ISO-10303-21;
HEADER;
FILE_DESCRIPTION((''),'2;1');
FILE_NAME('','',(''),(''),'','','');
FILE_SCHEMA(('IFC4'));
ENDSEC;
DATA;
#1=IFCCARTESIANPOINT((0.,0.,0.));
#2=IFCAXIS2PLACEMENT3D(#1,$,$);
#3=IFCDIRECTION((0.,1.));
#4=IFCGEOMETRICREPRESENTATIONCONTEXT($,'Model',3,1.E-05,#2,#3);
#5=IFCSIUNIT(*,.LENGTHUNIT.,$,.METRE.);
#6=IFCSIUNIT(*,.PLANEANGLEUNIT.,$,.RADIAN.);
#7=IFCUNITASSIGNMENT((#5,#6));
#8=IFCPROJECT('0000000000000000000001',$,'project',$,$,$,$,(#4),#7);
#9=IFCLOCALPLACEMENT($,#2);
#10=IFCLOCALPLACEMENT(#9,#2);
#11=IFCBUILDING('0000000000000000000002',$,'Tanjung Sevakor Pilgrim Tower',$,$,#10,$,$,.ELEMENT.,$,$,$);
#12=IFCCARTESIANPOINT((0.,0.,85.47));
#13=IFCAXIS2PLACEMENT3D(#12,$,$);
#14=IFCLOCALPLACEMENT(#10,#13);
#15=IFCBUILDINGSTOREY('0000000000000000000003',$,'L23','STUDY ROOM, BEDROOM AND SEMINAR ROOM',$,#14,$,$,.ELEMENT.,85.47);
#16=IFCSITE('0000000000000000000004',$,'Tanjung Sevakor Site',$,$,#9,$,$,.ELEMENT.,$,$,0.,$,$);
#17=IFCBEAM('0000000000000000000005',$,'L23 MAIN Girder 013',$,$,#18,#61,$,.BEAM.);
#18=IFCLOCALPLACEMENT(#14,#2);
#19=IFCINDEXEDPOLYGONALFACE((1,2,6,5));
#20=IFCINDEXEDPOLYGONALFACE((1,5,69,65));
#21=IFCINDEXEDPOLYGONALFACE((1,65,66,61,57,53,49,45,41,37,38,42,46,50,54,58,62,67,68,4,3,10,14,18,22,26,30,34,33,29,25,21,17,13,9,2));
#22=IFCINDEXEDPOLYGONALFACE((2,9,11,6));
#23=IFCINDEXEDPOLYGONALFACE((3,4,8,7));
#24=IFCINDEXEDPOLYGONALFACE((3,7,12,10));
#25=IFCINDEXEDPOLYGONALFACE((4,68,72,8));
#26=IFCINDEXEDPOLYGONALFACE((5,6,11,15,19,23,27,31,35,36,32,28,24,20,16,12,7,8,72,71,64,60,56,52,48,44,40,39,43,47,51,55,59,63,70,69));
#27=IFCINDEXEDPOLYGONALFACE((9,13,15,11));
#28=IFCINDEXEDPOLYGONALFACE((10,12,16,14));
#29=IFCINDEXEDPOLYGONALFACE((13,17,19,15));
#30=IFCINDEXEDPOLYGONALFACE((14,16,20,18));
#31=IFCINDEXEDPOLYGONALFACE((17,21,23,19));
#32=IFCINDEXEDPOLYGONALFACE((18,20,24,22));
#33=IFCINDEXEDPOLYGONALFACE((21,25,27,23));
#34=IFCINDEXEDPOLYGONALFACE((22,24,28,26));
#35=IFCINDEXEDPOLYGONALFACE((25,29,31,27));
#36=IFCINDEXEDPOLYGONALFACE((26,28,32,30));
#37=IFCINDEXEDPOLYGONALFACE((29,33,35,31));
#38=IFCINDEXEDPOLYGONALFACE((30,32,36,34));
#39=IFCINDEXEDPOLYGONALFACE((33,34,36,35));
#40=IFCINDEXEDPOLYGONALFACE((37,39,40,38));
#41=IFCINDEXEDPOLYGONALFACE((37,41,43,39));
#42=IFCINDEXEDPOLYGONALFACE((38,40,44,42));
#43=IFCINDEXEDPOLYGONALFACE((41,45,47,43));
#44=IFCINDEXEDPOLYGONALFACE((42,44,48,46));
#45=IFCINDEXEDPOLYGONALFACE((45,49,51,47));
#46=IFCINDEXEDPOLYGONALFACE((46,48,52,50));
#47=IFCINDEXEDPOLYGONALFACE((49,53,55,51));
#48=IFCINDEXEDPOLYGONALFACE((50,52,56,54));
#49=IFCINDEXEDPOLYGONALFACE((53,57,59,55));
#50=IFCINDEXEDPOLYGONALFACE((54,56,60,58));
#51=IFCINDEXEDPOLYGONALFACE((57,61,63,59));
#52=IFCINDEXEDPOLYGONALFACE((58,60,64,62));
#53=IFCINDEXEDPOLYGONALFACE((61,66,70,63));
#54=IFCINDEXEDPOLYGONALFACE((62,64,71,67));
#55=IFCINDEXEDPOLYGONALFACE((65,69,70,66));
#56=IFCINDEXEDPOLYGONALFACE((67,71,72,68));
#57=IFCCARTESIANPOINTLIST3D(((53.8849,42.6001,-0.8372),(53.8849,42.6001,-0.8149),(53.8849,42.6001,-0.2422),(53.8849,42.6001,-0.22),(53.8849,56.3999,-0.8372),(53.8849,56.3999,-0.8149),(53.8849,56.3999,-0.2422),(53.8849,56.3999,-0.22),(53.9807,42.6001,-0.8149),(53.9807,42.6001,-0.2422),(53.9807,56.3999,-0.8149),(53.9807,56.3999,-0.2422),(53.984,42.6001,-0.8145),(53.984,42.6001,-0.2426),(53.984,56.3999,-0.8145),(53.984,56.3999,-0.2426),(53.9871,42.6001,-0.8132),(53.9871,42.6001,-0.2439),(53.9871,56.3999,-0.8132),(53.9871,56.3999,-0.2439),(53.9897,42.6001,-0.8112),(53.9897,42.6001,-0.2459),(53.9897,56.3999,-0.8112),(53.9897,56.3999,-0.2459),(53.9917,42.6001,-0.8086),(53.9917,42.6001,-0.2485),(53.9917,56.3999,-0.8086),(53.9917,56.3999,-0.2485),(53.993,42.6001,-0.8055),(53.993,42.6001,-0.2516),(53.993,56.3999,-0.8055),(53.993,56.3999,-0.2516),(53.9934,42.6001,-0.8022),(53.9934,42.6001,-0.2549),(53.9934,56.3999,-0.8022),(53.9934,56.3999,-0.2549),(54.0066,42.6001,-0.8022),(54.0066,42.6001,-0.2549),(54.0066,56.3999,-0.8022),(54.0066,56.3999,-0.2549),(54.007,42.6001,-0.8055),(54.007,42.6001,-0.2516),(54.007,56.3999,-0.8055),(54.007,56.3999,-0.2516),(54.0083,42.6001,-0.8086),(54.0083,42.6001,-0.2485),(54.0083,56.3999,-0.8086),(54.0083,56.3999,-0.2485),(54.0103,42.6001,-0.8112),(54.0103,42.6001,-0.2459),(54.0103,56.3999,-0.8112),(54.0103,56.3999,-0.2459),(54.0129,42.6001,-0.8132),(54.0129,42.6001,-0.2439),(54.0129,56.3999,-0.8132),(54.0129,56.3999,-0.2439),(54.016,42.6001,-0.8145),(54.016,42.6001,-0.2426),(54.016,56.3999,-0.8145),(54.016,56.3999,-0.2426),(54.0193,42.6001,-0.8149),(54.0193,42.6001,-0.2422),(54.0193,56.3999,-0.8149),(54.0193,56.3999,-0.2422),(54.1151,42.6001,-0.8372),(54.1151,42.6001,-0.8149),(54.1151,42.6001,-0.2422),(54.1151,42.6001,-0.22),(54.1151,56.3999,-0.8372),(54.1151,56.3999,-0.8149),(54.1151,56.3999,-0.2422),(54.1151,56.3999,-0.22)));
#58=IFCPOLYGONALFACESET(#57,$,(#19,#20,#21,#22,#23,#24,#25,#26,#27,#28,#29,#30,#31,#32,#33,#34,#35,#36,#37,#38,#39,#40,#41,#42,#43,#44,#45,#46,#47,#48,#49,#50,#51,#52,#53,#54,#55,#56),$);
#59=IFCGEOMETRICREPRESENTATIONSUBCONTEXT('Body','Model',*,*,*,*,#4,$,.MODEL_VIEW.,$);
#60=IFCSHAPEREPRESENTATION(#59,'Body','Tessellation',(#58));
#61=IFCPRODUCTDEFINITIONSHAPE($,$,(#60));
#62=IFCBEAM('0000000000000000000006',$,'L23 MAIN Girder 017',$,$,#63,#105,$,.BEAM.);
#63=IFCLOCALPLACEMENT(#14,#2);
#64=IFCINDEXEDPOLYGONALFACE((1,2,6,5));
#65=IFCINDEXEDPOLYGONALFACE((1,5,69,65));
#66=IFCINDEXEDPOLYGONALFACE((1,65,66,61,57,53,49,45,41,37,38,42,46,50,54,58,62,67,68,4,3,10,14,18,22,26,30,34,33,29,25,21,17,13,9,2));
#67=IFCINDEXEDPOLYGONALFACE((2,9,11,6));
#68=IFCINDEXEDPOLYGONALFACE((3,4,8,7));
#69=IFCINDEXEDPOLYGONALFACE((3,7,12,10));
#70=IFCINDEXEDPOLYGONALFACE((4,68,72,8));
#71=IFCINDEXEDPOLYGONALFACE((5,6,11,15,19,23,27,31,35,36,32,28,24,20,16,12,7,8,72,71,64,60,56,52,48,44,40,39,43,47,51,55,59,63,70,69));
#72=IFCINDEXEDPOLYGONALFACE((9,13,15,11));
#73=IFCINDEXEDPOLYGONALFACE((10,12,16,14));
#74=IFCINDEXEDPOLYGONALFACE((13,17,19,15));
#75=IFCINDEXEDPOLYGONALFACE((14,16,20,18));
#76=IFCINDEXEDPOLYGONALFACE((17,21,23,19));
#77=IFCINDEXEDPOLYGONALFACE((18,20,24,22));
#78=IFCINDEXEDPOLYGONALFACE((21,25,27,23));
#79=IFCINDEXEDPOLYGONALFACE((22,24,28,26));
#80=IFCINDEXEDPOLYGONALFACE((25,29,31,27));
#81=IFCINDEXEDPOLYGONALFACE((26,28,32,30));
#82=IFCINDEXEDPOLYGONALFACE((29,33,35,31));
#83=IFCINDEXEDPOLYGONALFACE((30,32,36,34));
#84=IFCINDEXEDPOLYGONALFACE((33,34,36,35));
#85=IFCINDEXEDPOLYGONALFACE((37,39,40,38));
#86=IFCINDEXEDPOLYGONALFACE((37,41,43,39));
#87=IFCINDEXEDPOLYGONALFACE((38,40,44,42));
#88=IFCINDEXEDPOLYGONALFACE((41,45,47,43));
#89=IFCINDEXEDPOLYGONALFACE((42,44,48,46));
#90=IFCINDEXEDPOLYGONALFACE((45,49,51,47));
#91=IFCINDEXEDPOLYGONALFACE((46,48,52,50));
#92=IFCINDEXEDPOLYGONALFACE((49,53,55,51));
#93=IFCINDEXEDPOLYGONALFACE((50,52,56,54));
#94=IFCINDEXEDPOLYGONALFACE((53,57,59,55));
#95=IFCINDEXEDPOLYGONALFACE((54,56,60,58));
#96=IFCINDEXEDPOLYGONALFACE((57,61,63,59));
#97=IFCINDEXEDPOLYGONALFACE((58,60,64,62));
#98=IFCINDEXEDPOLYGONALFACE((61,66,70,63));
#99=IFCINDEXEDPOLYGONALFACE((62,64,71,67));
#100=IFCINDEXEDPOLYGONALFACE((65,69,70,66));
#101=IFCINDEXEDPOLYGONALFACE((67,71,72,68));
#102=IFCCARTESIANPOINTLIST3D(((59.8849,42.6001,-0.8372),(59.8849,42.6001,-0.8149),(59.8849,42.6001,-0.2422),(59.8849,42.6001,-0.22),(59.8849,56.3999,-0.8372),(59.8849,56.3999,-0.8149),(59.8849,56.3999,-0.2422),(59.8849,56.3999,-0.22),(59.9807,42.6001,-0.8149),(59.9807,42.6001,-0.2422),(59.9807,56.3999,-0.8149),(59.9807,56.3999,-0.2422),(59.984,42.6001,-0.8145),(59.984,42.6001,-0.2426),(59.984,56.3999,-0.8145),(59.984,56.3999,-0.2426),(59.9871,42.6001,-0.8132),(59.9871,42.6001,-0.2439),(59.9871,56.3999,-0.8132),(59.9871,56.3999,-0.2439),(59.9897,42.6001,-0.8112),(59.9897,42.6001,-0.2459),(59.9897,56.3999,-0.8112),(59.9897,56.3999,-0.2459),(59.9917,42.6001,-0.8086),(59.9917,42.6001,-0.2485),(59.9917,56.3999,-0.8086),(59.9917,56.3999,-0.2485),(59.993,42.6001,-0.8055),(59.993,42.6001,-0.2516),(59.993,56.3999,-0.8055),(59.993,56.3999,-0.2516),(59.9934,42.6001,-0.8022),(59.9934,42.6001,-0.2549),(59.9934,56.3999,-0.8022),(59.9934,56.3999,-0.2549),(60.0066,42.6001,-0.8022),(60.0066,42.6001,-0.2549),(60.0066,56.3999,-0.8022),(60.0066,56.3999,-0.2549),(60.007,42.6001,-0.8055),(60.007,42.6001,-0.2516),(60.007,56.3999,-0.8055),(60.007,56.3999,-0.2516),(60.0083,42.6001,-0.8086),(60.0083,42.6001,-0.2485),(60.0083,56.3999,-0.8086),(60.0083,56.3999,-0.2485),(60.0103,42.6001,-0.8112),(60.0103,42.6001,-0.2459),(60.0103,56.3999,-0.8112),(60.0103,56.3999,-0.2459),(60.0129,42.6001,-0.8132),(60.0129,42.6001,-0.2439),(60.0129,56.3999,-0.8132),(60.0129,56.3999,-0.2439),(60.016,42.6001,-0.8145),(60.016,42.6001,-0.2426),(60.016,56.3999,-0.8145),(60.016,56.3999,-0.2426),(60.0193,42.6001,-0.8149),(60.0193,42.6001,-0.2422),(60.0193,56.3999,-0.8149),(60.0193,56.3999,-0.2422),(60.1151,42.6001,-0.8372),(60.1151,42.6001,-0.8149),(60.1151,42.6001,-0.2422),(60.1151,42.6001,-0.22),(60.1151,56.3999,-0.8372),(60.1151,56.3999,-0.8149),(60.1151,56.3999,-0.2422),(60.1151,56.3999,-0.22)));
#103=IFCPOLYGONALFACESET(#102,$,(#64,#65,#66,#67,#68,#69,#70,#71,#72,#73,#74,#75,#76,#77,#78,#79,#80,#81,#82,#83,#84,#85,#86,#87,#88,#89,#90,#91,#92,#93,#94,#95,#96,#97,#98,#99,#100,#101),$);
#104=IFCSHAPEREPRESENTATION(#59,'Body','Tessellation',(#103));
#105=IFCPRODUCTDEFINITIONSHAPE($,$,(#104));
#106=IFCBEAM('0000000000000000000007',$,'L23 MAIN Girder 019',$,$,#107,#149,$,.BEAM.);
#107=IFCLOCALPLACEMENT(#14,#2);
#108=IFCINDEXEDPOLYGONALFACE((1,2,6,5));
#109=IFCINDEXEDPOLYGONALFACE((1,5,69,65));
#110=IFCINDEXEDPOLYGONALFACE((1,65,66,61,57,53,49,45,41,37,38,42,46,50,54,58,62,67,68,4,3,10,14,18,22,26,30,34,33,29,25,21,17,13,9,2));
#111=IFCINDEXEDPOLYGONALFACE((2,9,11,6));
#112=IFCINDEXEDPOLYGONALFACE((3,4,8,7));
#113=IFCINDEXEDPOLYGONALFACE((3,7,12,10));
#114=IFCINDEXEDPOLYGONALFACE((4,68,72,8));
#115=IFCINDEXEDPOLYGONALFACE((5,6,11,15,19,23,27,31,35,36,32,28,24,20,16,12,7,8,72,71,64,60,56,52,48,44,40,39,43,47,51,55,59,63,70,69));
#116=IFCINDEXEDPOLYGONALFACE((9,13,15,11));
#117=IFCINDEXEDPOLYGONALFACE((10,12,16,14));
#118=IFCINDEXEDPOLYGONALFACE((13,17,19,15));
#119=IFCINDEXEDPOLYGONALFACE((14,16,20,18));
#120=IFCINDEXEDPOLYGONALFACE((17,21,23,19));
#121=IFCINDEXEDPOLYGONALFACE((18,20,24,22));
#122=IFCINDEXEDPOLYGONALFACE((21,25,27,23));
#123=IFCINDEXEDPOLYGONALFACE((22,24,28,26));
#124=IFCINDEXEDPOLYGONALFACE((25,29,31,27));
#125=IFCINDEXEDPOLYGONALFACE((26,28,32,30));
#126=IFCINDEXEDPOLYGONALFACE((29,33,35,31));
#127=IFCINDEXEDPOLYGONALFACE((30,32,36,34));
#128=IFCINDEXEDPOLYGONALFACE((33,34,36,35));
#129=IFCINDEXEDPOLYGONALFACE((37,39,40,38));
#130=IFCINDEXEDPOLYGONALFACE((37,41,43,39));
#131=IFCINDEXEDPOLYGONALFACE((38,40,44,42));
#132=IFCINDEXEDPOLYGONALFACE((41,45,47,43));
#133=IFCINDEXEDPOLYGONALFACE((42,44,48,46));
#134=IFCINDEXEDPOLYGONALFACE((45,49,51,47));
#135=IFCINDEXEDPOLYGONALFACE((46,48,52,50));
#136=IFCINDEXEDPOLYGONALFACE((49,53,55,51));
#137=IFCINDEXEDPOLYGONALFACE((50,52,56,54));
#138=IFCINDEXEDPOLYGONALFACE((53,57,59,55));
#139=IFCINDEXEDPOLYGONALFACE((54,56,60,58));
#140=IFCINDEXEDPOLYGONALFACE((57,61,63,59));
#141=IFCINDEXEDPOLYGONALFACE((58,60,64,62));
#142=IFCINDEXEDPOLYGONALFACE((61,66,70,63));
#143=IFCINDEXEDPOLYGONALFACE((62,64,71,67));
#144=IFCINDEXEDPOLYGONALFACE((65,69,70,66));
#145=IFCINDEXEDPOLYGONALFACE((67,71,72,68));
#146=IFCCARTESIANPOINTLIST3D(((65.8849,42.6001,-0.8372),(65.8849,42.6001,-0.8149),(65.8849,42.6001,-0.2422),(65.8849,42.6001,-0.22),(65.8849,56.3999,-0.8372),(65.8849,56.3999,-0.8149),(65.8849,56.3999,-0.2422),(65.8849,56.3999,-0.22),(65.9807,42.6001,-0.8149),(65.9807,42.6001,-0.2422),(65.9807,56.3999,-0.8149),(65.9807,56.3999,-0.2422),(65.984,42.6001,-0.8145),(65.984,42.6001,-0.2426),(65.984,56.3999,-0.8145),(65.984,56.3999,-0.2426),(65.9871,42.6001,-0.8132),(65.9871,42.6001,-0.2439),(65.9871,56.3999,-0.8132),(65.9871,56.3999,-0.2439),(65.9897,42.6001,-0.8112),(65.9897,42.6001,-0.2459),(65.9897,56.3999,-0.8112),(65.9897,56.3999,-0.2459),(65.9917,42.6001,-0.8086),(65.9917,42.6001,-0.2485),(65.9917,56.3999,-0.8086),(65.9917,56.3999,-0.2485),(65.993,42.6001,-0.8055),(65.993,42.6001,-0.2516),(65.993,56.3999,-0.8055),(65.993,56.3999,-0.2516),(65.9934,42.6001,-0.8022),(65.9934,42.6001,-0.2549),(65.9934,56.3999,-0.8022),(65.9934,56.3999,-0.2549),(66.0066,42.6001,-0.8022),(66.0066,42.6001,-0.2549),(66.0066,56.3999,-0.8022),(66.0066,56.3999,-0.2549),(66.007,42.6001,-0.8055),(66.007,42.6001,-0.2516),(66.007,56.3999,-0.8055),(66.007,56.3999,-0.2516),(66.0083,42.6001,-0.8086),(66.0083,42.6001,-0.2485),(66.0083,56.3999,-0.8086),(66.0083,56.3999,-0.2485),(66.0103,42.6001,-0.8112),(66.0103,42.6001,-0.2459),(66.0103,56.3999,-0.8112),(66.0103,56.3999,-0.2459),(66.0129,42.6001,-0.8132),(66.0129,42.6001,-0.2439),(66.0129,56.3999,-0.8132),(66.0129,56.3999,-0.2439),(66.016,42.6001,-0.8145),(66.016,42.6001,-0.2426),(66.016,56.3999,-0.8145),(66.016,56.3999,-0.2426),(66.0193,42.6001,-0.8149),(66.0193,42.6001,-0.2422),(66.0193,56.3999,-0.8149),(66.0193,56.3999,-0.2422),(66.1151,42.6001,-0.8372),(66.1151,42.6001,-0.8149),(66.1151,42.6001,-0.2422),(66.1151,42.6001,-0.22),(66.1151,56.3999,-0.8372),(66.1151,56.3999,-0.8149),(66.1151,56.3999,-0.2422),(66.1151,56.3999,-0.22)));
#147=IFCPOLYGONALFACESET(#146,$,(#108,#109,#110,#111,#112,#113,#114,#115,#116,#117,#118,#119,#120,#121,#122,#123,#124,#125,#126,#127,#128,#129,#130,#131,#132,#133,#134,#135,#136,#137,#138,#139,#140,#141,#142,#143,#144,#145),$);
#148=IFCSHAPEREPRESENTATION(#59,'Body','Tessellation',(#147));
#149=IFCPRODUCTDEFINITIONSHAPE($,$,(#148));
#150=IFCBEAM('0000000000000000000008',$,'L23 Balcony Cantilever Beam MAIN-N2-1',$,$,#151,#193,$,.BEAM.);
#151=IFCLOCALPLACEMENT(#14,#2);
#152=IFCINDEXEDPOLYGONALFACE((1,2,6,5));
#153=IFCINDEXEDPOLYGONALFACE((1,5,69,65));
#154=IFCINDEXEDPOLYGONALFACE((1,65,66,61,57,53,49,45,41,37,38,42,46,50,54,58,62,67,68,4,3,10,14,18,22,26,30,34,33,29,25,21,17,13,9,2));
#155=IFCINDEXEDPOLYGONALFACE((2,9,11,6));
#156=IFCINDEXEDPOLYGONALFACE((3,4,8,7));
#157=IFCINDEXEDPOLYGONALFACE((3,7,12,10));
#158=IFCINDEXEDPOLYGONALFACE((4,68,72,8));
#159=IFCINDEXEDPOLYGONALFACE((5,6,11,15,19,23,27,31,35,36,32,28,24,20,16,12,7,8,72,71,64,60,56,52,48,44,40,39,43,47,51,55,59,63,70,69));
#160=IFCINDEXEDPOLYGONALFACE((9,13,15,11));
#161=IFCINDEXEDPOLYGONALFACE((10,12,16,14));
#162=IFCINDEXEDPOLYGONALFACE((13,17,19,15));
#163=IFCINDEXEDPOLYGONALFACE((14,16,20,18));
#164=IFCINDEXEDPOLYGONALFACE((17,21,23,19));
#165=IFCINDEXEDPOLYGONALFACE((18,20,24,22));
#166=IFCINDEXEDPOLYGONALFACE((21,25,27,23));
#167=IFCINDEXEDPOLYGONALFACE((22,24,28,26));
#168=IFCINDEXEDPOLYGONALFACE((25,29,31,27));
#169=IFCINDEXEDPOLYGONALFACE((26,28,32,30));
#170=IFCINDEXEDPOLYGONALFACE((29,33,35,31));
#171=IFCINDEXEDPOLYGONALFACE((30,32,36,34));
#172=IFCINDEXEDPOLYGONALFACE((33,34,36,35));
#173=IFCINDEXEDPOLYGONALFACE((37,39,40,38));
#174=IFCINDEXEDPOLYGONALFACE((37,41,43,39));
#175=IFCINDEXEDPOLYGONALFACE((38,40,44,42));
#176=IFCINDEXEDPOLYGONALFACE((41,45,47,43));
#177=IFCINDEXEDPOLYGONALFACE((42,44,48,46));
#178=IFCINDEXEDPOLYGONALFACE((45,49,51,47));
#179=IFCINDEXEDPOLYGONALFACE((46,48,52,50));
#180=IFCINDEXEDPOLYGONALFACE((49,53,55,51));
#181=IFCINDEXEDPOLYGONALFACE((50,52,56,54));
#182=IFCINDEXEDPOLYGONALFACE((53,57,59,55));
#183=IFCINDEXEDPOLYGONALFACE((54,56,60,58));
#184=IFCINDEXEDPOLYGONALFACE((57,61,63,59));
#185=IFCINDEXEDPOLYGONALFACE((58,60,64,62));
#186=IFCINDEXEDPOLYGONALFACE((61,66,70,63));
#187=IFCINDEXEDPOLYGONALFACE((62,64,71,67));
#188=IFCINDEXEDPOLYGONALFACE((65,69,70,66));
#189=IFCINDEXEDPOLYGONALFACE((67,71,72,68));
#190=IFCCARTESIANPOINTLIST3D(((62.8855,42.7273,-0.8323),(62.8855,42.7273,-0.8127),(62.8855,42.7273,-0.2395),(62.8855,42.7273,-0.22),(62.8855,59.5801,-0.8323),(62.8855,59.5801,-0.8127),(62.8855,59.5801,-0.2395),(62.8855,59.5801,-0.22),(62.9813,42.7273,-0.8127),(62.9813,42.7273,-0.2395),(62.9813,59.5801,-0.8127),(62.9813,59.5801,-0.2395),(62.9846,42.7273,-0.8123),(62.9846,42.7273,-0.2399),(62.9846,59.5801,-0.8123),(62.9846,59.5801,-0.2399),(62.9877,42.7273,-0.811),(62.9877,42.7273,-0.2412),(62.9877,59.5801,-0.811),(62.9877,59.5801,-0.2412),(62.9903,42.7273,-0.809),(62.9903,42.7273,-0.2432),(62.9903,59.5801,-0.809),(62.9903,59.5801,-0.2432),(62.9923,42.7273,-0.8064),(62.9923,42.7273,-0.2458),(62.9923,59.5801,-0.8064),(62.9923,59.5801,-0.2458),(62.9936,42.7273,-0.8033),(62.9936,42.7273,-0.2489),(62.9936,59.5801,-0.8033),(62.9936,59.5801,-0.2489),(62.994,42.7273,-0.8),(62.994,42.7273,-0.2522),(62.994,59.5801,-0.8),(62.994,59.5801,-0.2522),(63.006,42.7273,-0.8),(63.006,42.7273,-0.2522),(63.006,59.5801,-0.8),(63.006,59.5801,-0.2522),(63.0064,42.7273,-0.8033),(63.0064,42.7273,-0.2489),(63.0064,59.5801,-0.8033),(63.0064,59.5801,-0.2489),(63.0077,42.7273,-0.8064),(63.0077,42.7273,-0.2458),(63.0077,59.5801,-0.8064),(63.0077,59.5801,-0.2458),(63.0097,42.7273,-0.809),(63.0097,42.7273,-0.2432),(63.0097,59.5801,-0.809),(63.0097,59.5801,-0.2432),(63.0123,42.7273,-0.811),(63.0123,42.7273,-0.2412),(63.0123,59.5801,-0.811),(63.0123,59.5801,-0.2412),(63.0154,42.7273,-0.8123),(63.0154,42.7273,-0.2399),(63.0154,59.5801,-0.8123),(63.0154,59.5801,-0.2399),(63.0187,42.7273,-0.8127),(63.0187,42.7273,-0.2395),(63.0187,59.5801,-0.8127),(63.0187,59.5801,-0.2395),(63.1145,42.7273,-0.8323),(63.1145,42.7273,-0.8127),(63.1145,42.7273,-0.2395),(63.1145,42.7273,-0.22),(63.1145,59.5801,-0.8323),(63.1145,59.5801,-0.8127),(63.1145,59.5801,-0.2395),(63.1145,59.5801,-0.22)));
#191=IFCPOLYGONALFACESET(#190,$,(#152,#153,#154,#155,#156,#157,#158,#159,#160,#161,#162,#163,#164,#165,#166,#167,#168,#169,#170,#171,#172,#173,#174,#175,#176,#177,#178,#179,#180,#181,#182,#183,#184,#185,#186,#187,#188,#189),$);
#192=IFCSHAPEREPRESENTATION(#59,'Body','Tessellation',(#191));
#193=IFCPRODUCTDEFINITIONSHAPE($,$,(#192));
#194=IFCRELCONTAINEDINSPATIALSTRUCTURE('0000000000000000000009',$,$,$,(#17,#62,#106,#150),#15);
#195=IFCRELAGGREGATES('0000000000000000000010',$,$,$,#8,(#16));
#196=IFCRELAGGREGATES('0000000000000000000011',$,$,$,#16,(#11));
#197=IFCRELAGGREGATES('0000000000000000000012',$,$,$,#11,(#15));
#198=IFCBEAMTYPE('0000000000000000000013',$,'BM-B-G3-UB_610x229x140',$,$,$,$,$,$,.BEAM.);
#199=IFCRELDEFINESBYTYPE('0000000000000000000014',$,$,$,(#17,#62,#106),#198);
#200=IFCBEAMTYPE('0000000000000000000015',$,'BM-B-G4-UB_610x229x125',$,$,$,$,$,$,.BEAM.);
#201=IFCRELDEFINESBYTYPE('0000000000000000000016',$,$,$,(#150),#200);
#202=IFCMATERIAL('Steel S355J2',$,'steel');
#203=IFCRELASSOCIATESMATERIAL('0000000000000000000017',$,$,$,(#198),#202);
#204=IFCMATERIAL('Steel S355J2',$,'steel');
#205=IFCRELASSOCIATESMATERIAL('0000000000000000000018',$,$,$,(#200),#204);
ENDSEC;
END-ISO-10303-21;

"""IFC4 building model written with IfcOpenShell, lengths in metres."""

from ifc_helpers import new_model, si_unit, direction, frame, origin, origin_2d, place, context, subcontext, project, spatial, i_section, extrude, material, material_profile, profile_set, type_object, element, save


model = new_model("IFC4")

# Units and contexts
model_context = context("Model", 3, precision=1e-05, world=origin(), true_north=direction((0.0, 1.0)))
body_context = subcontext(model_context, "Body", "Model", "MODEL_VIEW")
ifc_project = project(units=[si_unit("LENGTHUNIT", "METRE"), si_unit("PLANEANGLEUNIT", "RADIAN")], contexts=[model_context])

# Site, building, storey
site_placement = place(None, origin())
site = spatial("IfcSite", under=ifc_project, at=site_placement, Name="Tanjung Sevakor Site", CompositionType="ELEMENT", RefElevation=0.0)
building_placement = place(site_placement, origin())
building = spatial("IfcBuilding", under=site, at=building_placement, Name="Tanjung Sevakor Pilgrim Tower", CompositionType="ELEMENT")
storey_placement = place(building_placement, frame((0.0, 0.0, 85.47)))
storey = spatial("IfcBuildingStorey", under=building, at=storey_placement, Name="L23", Description="STUDY ROOM, BEDROOM AND SEMINAR ROOM", CompositionType="ELEMENT", Elevation=85.47)

# Beams
ifc_material_1 = material(Name="Steel S355J2", Category="steel")
ifc_material_profile_1 = material_profile(ifc_material_1, i_section(OverallWidth=0.2302, OverallDepth=0.6172, WebThickness=0.0132, FlangeThickness=0.0222, FilletRadius=0.0127, at=origin_2d()))
ifc_profile_set_1 = profile_set([ifc_material_profile_1], Name="Steel S355J2")
beam_type_1 = type_object("IfcBeamType", Name="BM-B-G3-UB_610x229x140", PredefinedType="BEAM", material=ifc_profile_set_1)
for number, where, z_axis, x_axis, name in (
    (1, (54.0, 42.6001, -0.5286), (0.0, 1.0, 0.0), (-1.0, 0.0, 0.0), "L23 MAIN Girder 013"),
    (2, (60.0, 42.6001, -0.5286), (0.0, 1.0, 0.0), (-1.0, 0.0, 0.0), "L23 MAIN Girder 017"),
    (3, (66.0, 42.6001, -0.5286), (0.0, 1.0, 0.0), (-1.0, 0.0, 0.0), "L23 MAIN Girder 019"),
):
    element("IfcBeam", number, at=place(storey_placement, frame(where, z_axis=z_axis, x_axis=x_axis)), inside=storey, type_object=beam_type_1, Name=name, PredefinedType="BEAM", context=body_context, shape_type="SweptSolid", body=[
        extrude(i_section(OverallWidth=0.2302, OverallDepth=0.6172, WebThickness=0.0132, FlangeThickness=0.0222, FilletRadius=0.0127, at=origin_2d()), origin(), (0.0, 0.0, 1.0), 13.7998),
    ])
ifc_material_2 = material(Name="Steel S355J2", Category="steel")
ifc_material_profile_2 = material_profile(ifc_material_2, i_section(OverallWidth=0.229, OverallDepth=0.6123, WebThickness=0.012, FlangeThickness=0.0195, FilletRadius=0.0127, at=origin_2d()))
ifc_profile_set_2 = profile_set([ifc_material_profile_2], Name="Steel S355J2")
beam_type_2 = type_object("IfcBeamType", Name="BM-B-G4-UB_610x229x125", PredefinedType="BEAM", material=ifc_profile_set_2)
beam_1_placement = place(storey_placement, frame((63.0, 42.7273, -0.5261), z_axis=(0.0, 1.0, 0.0), x_axis=(-1.0, 0.0, 0.0)))
element("IfcBeam", 4, at=beam_1_placement, inside=storey, type_object=beam_type_2, Name="L23 Balcony Cantilever Beam MAIN-N2-1", PredefinedType="BEAM", context=body_context, shape_type="SweptSolid", body=[
    extrude(i_section(OverallWidth=0.229, OverallDepth=0.6123, WebThickness=0.012, FlangeThickness=0.0195, FilletRadius=0.0127, at=origin_2d()), origin(), (0.0, 0.0, 1.0), 16.8528),
])

save(model, "model.ifc")
